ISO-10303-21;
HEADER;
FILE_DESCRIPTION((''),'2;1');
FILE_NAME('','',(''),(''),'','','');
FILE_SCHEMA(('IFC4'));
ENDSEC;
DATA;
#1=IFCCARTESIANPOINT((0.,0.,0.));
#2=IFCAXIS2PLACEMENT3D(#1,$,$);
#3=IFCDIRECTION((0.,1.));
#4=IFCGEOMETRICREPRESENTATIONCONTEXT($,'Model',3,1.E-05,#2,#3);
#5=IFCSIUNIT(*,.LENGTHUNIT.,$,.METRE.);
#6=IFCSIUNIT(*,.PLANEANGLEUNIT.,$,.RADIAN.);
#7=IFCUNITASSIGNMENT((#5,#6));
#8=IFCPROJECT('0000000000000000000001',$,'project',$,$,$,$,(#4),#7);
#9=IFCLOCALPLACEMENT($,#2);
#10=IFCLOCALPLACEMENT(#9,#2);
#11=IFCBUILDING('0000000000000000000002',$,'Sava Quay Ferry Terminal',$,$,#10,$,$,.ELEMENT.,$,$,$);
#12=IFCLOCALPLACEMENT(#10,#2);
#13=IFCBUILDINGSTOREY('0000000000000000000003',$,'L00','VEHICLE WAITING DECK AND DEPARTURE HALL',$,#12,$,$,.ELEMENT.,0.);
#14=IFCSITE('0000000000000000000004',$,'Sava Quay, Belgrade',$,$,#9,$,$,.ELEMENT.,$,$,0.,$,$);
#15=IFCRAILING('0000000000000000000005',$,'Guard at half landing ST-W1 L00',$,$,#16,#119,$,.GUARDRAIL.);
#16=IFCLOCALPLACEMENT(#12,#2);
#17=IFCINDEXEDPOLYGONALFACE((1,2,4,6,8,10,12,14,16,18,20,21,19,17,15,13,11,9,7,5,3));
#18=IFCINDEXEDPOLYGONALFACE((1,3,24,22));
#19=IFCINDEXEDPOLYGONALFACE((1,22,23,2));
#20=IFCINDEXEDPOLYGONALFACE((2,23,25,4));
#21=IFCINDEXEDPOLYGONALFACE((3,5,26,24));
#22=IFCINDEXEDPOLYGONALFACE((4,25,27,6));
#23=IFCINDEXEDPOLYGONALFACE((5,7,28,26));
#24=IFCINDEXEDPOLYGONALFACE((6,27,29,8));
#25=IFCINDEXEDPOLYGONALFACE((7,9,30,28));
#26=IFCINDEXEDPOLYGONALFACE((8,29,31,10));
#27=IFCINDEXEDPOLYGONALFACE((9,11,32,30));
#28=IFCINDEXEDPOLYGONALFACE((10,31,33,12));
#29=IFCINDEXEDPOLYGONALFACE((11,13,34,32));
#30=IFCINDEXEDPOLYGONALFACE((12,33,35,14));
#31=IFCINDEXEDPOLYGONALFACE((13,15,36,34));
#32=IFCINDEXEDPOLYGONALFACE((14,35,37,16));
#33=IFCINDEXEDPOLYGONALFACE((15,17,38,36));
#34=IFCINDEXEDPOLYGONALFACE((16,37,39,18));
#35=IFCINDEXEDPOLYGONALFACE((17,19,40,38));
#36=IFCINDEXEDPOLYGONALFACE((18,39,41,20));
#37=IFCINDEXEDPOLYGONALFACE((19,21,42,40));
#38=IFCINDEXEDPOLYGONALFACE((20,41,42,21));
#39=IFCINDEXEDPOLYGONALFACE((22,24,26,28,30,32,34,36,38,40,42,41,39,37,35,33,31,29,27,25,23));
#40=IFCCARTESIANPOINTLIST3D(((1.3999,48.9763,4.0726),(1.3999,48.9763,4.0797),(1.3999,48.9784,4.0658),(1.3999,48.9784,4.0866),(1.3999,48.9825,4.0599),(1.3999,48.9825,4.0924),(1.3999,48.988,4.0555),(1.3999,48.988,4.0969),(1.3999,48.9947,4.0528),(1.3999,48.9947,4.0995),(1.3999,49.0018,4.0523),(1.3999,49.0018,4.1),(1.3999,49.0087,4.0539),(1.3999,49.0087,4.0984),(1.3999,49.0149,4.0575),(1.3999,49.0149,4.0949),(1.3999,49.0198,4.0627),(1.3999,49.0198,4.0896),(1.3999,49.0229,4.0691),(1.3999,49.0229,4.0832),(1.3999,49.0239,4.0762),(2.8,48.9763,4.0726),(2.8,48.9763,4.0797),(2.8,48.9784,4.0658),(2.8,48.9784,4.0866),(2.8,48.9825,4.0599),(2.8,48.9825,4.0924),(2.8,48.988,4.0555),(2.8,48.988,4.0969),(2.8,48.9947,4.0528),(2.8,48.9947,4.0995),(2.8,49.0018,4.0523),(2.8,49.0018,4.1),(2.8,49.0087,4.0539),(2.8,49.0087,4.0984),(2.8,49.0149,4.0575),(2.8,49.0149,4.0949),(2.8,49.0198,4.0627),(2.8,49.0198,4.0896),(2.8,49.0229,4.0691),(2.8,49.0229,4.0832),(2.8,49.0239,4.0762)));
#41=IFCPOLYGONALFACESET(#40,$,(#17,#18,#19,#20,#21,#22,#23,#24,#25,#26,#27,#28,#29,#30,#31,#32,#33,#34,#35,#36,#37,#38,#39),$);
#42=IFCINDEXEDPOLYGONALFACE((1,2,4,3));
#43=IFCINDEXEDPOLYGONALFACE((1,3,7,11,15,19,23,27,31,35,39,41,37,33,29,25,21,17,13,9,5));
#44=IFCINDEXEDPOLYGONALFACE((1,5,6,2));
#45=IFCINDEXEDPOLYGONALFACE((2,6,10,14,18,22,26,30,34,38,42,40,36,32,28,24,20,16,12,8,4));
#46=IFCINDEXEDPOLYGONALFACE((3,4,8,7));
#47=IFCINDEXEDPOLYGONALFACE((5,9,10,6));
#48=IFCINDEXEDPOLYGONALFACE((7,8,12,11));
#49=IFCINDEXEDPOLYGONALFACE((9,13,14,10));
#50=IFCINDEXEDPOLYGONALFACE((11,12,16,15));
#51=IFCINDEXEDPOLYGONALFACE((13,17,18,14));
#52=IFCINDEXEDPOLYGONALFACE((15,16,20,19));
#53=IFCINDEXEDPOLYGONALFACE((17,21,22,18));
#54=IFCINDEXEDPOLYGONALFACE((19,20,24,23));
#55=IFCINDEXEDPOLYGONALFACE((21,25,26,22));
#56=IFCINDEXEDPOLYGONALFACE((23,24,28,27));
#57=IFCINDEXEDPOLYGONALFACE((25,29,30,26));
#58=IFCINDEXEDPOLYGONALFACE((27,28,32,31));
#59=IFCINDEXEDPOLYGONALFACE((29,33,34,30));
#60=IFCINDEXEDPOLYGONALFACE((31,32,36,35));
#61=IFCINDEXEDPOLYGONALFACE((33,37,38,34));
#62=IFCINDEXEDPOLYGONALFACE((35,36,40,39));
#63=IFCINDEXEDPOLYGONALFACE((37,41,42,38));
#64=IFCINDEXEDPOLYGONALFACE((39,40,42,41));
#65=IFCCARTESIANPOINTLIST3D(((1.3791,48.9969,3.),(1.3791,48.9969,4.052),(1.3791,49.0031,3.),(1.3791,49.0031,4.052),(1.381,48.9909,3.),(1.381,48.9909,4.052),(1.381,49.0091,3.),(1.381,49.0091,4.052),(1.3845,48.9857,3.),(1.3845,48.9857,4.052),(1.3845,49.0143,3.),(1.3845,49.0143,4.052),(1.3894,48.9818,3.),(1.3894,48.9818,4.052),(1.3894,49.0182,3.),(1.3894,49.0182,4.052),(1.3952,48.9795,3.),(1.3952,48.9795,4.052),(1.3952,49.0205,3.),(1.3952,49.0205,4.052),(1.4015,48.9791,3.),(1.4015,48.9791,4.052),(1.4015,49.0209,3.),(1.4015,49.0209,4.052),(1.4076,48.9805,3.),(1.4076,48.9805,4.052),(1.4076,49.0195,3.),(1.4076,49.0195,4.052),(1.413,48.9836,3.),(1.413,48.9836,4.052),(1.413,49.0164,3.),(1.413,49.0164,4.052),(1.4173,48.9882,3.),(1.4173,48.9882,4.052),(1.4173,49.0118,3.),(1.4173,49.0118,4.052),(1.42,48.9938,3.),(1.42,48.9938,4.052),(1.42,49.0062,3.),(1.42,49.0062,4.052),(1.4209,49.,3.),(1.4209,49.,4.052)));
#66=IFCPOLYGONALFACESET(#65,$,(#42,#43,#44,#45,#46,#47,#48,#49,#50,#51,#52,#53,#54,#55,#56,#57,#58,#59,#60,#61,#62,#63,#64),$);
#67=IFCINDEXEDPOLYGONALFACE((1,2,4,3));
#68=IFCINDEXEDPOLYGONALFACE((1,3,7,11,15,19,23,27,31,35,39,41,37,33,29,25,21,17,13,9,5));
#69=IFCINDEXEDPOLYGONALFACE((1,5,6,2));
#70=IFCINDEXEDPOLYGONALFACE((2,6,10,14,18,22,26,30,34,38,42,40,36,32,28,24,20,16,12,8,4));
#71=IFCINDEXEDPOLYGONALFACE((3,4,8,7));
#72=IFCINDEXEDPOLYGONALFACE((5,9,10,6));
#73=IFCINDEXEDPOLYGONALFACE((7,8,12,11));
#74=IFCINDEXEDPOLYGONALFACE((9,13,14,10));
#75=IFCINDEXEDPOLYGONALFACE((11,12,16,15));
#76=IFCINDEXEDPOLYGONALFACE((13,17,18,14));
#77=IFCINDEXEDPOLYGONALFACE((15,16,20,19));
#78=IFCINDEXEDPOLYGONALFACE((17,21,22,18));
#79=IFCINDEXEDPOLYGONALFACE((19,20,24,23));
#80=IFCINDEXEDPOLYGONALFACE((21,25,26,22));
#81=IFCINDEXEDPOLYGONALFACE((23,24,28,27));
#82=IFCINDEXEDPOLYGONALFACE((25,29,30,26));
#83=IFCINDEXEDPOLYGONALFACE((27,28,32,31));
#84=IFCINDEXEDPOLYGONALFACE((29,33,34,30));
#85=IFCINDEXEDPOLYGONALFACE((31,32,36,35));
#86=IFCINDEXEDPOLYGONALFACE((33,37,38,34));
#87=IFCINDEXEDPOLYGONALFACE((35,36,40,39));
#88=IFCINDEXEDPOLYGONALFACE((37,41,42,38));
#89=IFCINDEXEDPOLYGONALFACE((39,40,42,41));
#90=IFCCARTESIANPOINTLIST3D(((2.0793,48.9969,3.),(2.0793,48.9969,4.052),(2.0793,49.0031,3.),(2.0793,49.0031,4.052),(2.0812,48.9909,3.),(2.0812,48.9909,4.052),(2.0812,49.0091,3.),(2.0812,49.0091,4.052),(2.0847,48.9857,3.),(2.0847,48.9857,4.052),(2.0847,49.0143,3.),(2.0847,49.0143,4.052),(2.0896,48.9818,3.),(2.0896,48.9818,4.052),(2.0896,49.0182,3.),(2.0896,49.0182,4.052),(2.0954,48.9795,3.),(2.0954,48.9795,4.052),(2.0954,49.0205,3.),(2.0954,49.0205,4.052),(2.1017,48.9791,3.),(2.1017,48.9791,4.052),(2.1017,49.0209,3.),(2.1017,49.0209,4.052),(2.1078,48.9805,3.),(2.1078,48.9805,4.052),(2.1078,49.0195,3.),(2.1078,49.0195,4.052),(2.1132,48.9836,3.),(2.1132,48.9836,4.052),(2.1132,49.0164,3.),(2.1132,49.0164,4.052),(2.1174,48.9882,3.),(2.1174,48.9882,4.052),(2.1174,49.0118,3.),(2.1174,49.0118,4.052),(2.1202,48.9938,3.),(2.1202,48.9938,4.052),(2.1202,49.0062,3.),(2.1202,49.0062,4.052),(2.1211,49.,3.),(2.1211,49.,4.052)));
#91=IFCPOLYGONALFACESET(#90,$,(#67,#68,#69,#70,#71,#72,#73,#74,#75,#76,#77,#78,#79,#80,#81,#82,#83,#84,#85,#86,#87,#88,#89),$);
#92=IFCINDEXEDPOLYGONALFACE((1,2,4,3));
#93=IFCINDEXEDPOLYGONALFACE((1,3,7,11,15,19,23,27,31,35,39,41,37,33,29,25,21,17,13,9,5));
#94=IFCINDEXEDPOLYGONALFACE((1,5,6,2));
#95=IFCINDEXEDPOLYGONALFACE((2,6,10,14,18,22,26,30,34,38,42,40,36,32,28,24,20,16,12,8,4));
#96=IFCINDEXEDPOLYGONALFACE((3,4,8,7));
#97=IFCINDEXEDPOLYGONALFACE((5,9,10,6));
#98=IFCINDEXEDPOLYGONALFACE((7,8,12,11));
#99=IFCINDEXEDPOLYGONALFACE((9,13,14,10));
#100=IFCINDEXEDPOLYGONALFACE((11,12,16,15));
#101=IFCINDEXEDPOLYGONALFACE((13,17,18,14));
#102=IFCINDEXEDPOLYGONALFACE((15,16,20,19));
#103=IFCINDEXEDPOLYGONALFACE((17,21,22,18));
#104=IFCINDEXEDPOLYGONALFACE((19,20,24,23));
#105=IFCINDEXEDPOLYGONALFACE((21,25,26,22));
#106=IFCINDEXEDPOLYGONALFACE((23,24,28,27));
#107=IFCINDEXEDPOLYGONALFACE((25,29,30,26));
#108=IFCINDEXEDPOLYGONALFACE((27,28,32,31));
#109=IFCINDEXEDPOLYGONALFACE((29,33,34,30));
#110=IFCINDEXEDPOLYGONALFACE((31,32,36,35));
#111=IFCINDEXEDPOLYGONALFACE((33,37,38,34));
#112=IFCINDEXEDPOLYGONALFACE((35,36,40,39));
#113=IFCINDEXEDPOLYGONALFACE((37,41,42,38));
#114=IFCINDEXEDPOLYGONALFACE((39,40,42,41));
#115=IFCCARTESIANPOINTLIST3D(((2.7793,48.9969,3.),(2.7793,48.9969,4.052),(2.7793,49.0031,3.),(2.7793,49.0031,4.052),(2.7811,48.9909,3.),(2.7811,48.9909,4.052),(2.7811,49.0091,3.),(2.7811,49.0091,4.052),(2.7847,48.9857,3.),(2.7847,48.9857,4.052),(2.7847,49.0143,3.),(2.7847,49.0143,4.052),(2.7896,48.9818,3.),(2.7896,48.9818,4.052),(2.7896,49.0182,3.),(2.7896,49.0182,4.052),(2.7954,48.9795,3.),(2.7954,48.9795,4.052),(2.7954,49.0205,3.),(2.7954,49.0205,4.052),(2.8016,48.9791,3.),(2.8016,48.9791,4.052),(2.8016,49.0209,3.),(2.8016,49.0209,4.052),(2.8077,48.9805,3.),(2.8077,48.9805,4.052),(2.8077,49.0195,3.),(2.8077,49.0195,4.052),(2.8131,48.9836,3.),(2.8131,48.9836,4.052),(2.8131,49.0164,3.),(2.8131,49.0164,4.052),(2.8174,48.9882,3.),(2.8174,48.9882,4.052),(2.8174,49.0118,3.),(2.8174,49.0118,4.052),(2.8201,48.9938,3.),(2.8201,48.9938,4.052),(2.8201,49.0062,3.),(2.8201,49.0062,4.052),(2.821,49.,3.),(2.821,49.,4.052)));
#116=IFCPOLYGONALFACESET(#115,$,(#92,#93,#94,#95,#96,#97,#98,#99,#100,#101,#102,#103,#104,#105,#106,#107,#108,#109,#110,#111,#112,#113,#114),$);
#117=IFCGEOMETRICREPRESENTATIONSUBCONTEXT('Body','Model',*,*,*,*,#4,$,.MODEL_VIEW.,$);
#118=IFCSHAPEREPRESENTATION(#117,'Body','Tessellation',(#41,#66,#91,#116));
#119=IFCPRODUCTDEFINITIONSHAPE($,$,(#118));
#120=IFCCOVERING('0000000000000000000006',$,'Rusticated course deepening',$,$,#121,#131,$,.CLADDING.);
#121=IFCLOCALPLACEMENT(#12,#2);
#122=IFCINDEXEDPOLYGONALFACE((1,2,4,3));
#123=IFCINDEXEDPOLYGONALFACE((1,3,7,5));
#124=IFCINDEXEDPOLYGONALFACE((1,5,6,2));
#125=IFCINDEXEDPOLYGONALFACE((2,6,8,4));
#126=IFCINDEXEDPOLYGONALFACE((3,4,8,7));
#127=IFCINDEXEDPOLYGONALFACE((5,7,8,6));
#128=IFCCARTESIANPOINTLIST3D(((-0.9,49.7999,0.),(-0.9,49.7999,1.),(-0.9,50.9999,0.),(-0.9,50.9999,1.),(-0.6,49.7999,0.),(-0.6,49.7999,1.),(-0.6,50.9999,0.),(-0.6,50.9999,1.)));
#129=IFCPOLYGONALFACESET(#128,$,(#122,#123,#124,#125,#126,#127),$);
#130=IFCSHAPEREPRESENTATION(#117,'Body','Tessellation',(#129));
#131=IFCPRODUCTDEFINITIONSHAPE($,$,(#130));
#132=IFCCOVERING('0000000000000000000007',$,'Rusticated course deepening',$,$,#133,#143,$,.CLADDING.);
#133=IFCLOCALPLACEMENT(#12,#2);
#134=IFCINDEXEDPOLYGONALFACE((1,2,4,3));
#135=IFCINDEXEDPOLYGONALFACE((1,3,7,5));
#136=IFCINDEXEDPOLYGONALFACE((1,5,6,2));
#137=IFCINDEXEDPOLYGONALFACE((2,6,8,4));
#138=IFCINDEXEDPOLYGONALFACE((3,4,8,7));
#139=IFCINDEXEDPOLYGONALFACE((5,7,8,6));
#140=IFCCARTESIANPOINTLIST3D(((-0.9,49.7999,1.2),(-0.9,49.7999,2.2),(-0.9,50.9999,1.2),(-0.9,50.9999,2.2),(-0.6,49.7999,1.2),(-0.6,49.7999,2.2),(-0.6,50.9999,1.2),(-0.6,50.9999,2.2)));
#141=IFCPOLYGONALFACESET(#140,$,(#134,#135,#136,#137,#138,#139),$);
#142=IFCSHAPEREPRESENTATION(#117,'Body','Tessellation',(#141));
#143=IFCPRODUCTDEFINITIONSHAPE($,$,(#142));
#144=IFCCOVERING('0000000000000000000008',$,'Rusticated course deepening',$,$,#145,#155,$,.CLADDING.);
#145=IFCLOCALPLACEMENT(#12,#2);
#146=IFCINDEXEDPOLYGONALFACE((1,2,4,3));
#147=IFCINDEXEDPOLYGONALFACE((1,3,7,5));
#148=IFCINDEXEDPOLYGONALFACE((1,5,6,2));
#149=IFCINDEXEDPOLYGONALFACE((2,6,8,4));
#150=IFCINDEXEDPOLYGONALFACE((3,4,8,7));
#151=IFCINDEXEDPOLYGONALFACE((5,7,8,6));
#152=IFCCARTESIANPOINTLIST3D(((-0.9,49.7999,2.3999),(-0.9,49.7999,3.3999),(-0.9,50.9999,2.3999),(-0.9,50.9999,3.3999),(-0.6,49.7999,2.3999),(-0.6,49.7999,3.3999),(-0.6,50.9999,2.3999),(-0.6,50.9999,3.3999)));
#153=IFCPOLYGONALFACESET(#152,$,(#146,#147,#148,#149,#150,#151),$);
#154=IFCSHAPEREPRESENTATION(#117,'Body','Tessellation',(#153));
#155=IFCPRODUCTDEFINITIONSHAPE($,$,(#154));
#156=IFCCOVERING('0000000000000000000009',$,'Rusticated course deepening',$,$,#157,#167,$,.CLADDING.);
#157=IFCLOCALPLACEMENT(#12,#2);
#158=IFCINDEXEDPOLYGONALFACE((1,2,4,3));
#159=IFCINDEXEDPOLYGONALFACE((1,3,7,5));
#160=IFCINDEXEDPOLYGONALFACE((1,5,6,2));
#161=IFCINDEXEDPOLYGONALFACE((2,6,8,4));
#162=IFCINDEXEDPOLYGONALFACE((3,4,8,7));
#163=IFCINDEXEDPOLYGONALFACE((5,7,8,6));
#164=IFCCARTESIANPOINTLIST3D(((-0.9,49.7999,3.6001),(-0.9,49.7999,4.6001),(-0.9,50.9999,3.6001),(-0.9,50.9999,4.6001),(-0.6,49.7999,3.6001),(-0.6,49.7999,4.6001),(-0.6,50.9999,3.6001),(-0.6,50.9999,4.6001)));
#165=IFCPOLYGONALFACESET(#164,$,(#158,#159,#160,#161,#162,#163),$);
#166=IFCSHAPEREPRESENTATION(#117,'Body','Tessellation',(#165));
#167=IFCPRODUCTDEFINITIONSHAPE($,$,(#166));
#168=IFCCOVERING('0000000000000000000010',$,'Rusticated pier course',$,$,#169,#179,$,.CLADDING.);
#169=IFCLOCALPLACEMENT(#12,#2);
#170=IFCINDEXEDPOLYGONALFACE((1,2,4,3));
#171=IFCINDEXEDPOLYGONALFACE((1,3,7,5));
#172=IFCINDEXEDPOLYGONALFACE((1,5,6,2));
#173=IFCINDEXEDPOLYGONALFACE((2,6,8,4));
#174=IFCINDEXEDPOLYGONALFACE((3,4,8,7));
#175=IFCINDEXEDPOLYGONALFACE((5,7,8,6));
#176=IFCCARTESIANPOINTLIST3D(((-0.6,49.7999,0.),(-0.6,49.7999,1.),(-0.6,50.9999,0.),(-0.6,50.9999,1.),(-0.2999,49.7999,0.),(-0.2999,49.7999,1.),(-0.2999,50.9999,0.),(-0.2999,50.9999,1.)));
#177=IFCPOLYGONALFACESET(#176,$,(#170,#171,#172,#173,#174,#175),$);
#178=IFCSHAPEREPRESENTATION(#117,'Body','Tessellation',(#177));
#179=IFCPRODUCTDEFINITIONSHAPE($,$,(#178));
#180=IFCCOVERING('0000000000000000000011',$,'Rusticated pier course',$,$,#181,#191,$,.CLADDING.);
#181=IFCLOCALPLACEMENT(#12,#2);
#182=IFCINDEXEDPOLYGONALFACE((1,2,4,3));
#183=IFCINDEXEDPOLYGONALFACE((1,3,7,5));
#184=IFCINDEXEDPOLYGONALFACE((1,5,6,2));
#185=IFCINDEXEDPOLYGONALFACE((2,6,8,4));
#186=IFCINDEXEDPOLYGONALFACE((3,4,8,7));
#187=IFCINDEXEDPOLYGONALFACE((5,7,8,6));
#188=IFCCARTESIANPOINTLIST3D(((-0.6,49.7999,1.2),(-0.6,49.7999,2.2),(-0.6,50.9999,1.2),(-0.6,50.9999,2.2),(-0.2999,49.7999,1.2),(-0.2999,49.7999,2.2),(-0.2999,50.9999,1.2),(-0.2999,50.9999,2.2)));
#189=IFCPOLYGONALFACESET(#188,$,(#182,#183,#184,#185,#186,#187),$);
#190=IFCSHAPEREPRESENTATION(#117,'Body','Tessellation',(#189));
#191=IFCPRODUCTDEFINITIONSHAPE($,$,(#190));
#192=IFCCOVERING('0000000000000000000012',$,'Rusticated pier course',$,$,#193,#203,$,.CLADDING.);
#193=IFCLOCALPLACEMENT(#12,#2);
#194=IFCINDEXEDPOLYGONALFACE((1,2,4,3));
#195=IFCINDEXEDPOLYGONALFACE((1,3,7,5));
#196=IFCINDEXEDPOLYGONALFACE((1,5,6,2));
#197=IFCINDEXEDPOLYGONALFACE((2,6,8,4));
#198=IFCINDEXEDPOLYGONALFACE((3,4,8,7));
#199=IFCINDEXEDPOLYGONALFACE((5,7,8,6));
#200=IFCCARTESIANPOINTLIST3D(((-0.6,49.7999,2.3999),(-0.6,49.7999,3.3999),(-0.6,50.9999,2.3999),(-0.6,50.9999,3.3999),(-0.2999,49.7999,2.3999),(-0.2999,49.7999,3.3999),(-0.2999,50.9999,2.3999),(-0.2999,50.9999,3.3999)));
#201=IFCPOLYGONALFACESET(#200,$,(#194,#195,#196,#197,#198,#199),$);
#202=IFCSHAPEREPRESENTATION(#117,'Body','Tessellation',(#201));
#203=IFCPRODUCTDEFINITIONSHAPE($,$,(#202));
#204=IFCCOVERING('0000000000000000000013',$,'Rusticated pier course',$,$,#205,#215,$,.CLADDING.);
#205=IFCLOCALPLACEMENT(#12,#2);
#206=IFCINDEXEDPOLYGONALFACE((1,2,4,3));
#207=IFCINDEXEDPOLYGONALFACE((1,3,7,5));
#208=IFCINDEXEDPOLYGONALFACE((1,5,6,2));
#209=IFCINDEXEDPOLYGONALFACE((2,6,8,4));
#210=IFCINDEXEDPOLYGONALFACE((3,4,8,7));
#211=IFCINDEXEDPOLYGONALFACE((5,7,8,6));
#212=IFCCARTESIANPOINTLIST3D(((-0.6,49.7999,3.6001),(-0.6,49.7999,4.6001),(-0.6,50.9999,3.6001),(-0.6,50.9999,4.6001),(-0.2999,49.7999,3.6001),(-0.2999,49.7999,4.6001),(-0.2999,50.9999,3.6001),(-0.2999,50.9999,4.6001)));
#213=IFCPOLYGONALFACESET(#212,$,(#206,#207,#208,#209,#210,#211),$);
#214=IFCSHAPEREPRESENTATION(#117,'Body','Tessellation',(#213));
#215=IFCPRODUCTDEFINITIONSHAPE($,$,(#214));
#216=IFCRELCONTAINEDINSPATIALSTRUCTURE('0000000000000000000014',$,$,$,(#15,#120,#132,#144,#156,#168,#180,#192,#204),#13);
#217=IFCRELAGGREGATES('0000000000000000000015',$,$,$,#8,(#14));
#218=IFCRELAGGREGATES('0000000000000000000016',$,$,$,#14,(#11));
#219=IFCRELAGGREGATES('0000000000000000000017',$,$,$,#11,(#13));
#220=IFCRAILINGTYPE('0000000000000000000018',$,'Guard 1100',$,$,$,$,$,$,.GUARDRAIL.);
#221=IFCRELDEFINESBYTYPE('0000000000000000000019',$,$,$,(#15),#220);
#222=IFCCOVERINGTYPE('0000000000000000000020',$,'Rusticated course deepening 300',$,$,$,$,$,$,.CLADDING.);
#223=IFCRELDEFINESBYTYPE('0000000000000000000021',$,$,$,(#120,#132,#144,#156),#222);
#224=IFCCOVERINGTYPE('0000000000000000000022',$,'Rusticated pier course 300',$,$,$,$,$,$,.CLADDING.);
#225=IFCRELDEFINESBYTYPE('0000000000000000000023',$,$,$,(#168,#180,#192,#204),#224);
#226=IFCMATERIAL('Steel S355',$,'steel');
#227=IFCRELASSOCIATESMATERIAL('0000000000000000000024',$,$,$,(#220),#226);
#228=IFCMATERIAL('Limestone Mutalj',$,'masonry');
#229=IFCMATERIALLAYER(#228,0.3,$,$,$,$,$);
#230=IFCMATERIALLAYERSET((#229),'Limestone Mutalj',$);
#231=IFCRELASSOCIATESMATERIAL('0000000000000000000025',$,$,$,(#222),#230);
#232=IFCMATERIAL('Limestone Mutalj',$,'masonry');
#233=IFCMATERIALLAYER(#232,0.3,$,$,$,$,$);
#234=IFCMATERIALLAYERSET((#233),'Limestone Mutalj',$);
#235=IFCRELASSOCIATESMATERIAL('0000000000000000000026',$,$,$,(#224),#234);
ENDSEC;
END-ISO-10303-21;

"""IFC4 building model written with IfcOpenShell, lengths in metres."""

from ifc_helpers import new_model, si_unit, direction, frame, origin, origin_2d, place, context, subcontext, project, spatial, rectangle, circle, extrude, material, layer, layer_set, type_object, element, save


model = new_model("IFC4")

# Units and contexts
model_context = context("Model", 3, precision=1e-05, world=origin(), true_north=direction((0.0, 1.0)))
body_context = subcontext(model_context, "Body", "Model", "MODEL_VIEW")
ifc_project = project(units=[si_unit("LENGTHUNIT", "METRE"), si_unit("PLANEANGLEUNIT", "RADIAN")], contexts=[model_context])

# Site, building, storey
site_placement = place(None, origin())
site = spatial("IfcSite", under=ifc_project, at=site_placement, Name="Sava Quay, Belgrade", CompositionType="ELEMENT", RefElevation=0.0)
building_placement = place(site_placement, origin())
building = spatial("IfcBuilding", under=site, at=building_placement, Name="Sava Quay Ferry Terminal", CompositionType="ELEMENT")
storey_placement = place(building_placement, origin())
storey = spatial("IfcBuildingStorey", under=building, at=storey_placement, Name="L00", Description="VEHICLE WAITING DECK AND DEPARTURE HALL", CompositionType="ELEMENT", Elevation=0.0)

# Railing
ifc_material_1 = material(Name="Steel S355", Category="steel")
railing_type_1 = type_object("IfcRailingType", Name="Guard 1100", PredefinedType="GUARDRAIL", material=ifc_material_1)
railing_1_placement = place(storey_placement, frame((1.3999, 49.0, 3.0)))
element("IfcRailing", 1, at=railing_1_placement, inside=storey, type_object=railing_type_1, Name="Guard at half landing ST-W1 L00", PredefinedType="GUARDRAIL", context=body_context, shape_type="SweptSolid", body=[
    extrude(circle(Radius=0.0239, at=origin_2d()), frame((0.0, 0.0, 1.0762), z_axis=(1.0, 0.0, 0.0), x_axis=(0.0, 1.0, 0.0)), (0.0, 0.0, 1.0), 1.4001),
    extrude(circle(Radius=0.021, at=origin_2d()), origin(), (0.0, 0.0, 1.0), 1.052),
    extrude(circle(Radius=0.021, at=origin_2d()), frame((0.7002, 0.0, 0.0)), (0.0, 0.0, 1.0), 1.052),
    extrude(circle(Radius=0.021, at=origin_2d()), frame((1.4001, 0.0, 0.0)), (0.0, 0.0, 1.0), 1.052),
])

# Coverings
ifc_material_2 = material(Name="Limestone Mutalj", Category="masonry")
ifc_layer_1 = layer(ifc_material_2, 0.3)
ifc_layer_set_1 = layer_set([ifc_layer_1], Name="Limestone Mutalj")
covering_type_1 = type_object("IfcCoveringType", Name="Rusticated course deepening 300", PredefinedType="CLADDING", material=ifc_layer_set_1)
for number, where, z_axis, x_axis, name in (
    (2, (-0.75, 50.3999, 0.0), (0.0, 0.0, 1.0), (1.0, 0.0, 0.0), "Rusticated course deepening"),
    (3, (-0.75, 50.3999, 1.2), (0.0, 0.0, 1.0), (1.0, 0.0, 0.0), "Rusticated course deepening"),
    (4, (-0.75, 50.3999, 2.3999), (0.0, 0.0, 1.0), (1.0, 0.0, 0.0), "Rusticated course deepening"),
    (5, (-0.75, 50.3999, 3.6001), (0.0, 0.0, 1.0), (1.0, 0.0, 0.0), "Rusticated course deepening"),
):
    element("IfcCovering", number, at=place(storey_placement, frame(where, z_axis=z_axis, x_axis=x_axis)), inside=storey, type_object=covering_type_1, Name=name, PredefinedType="CLADDING", context=body_context, shape_type="SweptSolid", body=[
        extrude(rectangle(XDim=0.3, YDim=1.2, at=origin_2d()), origin(), (0.0, 0.0, 1.0), 1.0),
    ])
ifc_material_3 = material(Name="Limestone Mutalj", Category="masonry")
ifc_layer_2 = layer(ifc_material_3, 0.3)
ifc_layer_set_2 = layer_set([ifc_layer_2], Name="Limestone Mutalj")
covering_type_2 = type_object("IfcCoveringType", Name="Rusticated pier course 300", PredefinedType="CLADDING", material=ifc_layer_set_2)
for number, where, z_axis, x_axis, name in (
    (6, (-0.45, 50.3999, 0.0), (0.0, 0.0, 1.0), (1.0, 0.0, 0.0), "Rusticated pier course"),
    (7, (-0.45, 50.3999, 1.2), (0.0, 0.0, 1.0), (1.0, 0.0, 0.0), "Rusticated pier course"),
    (8, (-0.45, 50.3999, 2.3999), (0.0, 0.0, 1.0), (1.0, 0.0, 0.0), "Rusticated pier course"),
    (9, (-0.45, 50.3999, 3.6001), (0.0, 0.0, 1.0), (1.0, 0.0, 0.0), "Rusticated pier course"),
):
    element("IfcCovering", number, at=place(storey_placement, frame(where, z_axis=z_axis, x_axis=x_axis)), inside=storey, type_object=covering_type_2, Name=name, PredefinedType="CLADDING", context=body_context, shape_type="SweptSolid", body=[
        extrude(rectangle(XDim=0.3, YDim=1.2, at=origin_2d()), origin(), (0.0, 0.0, 1.0), 1.0),
    ])

save(model, "model.ifc")
